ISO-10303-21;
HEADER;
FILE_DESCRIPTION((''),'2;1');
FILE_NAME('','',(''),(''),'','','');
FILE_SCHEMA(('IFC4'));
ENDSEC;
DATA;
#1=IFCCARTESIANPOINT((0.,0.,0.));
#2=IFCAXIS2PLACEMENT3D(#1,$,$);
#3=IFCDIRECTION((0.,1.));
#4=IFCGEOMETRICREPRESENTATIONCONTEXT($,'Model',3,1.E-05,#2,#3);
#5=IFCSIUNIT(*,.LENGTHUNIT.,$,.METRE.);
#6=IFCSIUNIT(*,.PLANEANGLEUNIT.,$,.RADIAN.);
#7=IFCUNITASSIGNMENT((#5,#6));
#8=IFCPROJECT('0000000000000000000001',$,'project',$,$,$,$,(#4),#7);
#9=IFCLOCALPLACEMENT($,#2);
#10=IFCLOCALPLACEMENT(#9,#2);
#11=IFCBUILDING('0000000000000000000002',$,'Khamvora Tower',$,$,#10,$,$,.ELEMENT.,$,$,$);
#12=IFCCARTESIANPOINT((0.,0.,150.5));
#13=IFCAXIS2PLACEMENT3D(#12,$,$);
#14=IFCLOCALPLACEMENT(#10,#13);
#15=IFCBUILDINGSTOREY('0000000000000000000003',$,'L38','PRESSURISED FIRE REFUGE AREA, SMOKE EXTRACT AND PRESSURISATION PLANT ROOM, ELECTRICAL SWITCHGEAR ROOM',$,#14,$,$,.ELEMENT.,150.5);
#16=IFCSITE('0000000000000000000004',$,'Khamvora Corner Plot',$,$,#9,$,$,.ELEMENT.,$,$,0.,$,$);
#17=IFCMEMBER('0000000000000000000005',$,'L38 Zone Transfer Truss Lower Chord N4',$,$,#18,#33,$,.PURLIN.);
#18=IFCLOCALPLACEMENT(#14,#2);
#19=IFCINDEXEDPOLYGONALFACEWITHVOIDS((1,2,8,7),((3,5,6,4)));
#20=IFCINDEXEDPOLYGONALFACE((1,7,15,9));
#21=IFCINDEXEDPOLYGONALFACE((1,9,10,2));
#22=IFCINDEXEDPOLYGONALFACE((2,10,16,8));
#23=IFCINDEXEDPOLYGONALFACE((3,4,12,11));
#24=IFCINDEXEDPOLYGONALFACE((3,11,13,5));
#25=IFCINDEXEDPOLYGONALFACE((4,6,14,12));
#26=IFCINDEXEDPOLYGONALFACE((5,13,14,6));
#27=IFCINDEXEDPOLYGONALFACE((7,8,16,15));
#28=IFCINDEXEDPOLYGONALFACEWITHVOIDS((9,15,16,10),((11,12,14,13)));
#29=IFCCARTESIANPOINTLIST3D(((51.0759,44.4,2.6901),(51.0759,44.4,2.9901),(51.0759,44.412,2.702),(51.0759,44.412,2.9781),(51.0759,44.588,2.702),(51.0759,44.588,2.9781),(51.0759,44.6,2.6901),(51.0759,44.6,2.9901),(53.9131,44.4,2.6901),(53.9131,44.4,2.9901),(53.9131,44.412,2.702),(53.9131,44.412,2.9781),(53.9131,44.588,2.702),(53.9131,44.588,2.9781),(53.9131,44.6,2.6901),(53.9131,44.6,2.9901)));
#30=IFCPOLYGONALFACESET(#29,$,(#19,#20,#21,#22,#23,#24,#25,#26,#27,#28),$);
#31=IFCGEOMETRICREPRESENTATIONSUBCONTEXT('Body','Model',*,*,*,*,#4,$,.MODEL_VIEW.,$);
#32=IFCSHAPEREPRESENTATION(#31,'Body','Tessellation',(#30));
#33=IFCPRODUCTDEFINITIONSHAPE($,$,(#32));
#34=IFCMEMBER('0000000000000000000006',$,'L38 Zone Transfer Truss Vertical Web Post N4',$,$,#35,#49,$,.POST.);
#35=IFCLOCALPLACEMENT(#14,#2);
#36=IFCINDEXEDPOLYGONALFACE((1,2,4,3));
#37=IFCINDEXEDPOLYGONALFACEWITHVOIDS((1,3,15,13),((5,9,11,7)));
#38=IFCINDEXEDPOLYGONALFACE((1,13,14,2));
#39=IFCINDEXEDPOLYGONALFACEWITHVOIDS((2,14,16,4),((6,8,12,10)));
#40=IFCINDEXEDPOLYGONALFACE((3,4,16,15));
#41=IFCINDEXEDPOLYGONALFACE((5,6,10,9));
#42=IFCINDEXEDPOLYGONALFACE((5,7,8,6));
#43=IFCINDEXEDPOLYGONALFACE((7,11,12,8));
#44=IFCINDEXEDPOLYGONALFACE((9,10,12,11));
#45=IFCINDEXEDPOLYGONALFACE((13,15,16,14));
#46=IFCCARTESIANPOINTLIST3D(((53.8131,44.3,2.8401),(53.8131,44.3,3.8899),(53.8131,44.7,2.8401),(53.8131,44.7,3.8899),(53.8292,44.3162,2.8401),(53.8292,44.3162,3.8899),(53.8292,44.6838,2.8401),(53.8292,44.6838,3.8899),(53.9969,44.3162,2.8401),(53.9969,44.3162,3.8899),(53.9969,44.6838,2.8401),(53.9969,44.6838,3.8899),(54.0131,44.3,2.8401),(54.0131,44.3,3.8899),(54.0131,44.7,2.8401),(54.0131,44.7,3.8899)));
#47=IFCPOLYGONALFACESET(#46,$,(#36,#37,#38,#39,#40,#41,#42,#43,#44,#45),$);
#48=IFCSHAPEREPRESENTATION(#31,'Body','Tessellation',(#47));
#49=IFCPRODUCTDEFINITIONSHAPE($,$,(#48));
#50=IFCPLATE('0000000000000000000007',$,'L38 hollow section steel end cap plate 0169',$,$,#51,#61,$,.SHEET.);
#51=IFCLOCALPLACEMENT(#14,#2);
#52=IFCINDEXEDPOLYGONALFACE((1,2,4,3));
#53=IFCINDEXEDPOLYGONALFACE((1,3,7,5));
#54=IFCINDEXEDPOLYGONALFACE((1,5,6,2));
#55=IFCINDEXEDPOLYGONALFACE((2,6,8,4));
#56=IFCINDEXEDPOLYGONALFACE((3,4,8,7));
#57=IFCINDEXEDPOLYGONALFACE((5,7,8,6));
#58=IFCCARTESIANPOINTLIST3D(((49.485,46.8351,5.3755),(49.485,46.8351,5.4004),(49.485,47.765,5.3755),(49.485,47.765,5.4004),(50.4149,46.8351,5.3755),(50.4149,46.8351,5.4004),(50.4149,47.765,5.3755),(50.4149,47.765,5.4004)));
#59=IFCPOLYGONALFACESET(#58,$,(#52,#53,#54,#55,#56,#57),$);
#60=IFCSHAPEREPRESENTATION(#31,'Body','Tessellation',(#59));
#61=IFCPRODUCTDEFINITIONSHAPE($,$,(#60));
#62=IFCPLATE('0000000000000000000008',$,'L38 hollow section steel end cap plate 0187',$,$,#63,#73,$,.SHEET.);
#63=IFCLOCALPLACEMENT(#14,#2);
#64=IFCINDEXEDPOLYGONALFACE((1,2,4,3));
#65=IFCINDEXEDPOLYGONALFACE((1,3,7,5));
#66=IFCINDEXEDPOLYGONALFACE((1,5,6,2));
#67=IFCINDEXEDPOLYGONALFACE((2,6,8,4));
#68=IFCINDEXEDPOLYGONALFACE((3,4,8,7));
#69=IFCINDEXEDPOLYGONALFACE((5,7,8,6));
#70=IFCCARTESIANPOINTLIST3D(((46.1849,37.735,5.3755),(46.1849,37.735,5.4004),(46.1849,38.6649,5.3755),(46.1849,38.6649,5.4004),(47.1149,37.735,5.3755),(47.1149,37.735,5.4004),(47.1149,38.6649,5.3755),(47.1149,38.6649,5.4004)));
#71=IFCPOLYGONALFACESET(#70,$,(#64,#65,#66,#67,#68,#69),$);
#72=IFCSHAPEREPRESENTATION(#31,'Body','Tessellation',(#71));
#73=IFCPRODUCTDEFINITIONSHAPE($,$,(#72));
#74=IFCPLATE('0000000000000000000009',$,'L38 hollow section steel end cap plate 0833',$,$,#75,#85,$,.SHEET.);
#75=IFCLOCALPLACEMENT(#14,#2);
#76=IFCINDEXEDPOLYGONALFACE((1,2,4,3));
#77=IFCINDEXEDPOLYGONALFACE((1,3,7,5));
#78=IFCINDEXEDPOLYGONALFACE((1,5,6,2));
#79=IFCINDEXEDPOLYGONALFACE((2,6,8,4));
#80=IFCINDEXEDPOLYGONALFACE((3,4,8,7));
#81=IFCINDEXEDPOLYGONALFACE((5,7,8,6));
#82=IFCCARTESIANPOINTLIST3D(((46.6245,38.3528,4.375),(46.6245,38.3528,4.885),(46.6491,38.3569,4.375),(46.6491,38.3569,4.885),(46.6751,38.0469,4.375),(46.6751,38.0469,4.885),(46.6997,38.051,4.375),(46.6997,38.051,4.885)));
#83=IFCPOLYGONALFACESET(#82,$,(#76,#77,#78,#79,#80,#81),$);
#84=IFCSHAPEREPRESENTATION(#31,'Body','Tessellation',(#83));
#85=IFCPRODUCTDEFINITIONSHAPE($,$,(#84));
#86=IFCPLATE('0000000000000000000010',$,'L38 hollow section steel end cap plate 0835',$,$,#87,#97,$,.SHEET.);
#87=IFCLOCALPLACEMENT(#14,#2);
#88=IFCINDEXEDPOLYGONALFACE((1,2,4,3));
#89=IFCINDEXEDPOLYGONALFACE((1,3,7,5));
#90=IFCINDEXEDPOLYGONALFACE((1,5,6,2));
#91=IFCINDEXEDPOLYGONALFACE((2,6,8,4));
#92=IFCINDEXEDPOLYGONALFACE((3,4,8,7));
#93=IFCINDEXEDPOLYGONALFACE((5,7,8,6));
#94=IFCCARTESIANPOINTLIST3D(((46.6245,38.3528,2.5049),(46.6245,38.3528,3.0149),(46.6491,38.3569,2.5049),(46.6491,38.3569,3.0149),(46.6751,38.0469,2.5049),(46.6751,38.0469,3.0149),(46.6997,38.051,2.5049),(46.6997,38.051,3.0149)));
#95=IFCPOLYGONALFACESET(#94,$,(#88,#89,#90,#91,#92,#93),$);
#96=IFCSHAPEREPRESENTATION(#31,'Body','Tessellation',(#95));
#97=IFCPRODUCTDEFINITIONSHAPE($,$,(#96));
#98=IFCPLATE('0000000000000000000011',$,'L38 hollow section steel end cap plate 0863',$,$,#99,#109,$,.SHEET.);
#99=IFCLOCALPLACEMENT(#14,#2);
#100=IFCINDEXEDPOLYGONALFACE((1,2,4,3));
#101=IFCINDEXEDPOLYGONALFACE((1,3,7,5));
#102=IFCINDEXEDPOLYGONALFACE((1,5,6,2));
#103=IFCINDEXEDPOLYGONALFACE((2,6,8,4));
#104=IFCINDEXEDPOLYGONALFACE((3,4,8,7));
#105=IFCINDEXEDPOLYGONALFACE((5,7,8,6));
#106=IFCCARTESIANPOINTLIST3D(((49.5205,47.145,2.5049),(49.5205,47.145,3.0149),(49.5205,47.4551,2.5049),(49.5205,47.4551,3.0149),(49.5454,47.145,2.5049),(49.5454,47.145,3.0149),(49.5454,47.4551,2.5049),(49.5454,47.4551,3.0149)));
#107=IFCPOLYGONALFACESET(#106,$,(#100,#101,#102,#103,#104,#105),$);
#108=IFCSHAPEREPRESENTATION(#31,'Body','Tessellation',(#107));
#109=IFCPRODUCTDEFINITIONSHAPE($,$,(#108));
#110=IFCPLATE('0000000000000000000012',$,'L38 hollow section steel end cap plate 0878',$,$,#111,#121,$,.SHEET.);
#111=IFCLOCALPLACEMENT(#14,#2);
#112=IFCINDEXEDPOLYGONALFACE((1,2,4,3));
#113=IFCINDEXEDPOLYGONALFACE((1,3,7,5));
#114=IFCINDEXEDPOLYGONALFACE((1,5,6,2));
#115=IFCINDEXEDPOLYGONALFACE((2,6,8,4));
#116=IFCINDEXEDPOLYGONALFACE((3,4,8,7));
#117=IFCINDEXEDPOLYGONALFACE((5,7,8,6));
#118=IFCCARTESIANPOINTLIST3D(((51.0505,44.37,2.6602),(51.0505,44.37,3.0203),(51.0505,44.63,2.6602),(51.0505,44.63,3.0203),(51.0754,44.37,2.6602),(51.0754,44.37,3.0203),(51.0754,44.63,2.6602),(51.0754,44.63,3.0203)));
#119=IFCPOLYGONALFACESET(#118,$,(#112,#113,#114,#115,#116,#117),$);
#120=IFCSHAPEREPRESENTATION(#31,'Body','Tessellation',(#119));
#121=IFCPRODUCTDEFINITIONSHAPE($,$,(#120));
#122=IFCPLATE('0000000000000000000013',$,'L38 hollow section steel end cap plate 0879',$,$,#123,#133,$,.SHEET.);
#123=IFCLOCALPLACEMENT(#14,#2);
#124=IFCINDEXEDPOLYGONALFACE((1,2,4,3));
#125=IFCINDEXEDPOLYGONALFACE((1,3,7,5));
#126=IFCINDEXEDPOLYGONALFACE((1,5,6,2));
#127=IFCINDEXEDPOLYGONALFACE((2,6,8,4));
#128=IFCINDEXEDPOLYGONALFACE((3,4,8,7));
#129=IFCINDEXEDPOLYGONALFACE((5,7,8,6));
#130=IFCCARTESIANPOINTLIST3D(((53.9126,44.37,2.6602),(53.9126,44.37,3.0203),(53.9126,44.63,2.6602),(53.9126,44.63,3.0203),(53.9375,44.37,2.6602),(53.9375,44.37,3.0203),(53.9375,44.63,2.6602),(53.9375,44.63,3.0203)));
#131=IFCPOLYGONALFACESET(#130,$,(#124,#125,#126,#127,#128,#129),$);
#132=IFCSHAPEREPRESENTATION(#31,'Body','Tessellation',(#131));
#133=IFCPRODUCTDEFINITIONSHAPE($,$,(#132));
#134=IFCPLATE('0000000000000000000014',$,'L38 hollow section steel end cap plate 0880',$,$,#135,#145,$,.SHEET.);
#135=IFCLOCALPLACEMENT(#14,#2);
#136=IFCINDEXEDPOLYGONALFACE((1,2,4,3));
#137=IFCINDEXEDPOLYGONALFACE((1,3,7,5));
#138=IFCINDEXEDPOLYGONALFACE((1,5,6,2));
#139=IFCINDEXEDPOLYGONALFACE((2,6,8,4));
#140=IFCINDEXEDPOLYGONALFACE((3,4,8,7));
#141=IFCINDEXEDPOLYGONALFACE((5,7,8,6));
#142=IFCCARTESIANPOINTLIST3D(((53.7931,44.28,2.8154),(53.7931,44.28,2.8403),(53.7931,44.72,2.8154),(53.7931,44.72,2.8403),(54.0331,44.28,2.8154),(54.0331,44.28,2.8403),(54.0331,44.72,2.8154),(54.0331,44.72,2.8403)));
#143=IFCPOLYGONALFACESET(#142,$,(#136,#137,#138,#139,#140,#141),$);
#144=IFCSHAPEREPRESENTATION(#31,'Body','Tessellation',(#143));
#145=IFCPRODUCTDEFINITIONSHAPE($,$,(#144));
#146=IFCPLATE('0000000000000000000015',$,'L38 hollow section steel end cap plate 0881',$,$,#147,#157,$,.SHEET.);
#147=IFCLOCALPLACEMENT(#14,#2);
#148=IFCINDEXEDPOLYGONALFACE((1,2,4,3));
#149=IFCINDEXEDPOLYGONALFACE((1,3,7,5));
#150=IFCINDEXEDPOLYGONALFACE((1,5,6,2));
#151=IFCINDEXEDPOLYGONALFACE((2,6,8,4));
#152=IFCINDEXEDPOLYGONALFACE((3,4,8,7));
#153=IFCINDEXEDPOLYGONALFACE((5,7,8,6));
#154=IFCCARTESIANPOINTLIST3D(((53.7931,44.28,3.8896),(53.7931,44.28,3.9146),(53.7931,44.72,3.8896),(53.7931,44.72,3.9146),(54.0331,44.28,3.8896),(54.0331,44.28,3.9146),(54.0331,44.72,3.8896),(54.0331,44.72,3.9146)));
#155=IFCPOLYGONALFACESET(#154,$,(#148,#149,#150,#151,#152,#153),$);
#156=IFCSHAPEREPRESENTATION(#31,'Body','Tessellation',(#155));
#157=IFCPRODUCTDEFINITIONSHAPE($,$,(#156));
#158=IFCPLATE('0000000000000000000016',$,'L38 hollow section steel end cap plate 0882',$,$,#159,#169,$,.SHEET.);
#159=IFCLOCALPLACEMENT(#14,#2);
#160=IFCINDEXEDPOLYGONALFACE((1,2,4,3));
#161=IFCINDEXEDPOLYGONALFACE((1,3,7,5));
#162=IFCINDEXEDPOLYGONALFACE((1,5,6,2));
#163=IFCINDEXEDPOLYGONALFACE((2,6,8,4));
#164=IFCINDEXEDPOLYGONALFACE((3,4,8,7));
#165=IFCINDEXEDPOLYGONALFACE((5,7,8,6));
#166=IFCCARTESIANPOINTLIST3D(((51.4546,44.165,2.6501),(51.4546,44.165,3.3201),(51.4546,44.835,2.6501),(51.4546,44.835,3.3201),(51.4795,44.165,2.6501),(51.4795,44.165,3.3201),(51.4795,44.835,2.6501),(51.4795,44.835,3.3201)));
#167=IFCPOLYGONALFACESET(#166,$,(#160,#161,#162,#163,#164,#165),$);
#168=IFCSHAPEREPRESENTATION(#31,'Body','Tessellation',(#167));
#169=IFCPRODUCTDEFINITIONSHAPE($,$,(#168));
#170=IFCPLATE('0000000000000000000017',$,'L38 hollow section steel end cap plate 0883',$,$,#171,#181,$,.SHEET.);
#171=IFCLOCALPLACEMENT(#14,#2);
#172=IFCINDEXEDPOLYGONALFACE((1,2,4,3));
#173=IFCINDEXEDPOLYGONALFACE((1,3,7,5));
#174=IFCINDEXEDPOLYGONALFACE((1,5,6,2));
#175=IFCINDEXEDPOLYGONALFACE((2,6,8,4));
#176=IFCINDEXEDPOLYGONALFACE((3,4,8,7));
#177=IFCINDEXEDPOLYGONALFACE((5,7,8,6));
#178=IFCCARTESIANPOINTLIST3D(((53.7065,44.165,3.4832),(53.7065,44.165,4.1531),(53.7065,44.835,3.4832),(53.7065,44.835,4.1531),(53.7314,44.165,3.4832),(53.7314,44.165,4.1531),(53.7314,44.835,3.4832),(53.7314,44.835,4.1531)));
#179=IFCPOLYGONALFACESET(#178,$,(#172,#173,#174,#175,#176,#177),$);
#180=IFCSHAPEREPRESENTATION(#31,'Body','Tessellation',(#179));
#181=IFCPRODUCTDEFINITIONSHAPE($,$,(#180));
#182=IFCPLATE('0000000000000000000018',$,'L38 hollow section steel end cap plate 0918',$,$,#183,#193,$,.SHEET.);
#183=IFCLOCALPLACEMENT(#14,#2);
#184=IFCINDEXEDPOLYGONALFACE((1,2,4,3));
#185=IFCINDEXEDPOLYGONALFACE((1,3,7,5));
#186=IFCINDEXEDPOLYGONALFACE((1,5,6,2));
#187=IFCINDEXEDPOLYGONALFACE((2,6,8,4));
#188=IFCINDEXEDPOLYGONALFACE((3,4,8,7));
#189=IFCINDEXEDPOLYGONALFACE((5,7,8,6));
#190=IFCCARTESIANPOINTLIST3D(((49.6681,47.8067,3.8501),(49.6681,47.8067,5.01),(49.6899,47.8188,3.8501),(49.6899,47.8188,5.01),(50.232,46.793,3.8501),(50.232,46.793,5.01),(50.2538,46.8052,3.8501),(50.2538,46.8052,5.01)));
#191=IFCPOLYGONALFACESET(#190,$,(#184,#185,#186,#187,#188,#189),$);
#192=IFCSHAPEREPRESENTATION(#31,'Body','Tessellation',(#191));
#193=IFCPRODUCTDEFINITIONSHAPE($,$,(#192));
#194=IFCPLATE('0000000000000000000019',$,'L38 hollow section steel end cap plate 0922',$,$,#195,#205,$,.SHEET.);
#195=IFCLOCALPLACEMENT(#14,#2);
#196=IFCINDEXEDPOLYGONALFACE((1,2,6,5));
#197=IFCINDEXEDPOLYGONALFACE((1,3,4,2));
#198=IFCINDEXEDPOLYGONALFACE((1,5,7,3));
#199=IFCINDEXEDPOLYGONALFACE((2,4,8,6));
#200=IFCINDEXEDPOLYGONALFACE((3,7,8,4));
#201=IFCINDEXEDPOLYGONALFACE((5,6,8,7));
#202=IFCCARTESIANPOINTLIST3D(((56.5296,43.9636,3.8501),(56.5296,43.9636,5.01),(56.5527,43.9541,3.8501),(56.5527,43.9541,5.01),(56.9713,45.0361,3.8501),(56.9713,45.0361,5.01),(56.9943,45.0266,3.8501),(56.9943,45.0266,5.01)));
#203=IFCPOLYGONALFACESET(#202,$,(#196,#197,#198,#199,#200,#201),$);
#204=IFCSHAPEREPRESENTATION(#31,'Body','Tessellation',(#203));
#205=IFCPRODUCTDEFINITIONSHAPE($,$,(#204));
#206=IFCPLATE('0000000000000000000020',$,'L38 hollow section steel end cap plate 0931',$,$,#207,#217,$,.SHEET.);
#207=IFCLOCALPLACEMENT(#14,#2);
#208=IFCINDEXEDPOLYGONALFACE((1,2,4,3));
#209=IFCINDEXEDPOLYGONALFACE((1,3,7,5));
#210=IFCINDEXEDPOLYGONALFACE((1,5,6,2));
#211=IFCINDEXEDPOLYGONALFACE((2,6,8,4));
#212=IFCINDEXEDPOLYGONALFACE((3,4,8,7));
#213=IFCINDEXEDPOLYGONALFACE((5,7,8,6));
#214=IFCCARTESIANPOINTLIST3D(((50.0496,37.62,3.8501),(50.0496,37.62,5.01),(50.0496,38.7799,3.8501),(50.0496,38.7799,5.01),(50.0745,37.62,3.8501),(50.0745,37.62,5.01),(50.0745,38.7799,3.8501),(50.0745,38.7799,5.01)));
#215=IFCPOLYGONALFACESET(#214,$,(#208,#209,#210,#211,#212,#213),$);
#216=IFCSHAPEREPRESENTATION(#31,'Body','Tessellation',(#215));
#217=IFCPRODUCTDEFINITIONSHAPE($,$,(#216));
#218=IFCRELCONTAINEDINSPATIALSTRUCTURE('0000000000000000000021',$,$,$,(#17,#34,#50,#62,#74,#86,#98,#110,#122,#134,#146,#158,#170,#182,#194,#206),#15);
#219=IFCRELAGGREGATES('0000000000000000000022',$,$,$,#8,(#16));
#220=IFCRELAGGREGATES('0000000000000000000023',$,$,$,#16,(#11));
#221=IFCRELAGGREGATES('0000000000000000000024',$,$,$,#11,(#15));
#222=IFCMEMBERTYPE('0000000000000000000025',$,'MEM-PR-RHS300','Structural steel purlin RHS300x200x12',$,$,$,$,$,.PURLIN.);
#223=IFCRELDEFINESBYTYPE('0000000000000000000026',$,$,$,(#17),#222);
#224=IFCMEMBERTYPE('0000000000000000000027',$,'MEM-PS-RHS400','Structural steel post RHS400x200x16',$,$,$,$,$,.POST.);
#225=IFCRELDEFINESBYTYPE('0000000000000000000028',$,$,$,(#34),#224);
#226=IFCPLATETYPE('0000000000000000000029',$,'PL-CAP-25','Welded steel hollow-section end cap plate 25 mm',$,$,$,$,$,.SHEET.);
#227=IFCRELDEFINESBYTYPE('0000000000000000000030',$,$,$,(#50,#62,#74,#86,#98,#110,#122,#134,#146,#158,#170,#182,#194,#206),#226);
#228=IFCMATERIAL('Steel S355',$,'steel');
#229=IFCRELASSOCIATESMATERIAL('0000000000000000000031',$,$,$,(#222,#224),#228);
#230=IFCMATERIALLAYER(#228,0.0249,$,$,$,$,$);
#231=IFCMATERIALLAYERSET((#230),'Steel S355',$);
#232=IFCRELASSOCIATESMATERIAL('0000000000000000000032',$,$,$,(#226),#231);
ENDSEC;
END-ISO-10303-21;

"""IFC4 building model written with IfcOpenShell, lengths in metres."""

from ifc_helpers import new_model, si_unit, direction, frame, origin, origin_2d, place, context, subcontext, project, spatial, rectangle, hollow_rectangle, extrude, material, layer, layer_set, material_profile, profile_set, type_object, element, save


model = new_model("IFC4")

# Units and contexts
model_context = context("Model", 3, precision=1e-05, world=origin(), true_north=direction((0.0, 1.0)))
body_context = subcontext(model_context, "Body", "Model", "MODEL_VIEW")
ifc_project = project(units=[si_unit("LENGTHUNIT", "METRE"), si_unit("PLANEANGLEUNIT", "RADIAN")], contexts=[model_context])

# Site, building, storey
site_placement = place(None, origin())
site = spatial("IfcSite", under=ifc_project, at=site_placement, Name="Khamvora Corner Plot", CompositionType="ELEMENT", RefElevation=0.0)
building_placement = place(site_placement, origin())
building = spatial("IfcBuilding", under=site, at=building_placement, Name="Khamvora Tower", CompositionType="ELEMENT")
storey_placement = place(building_placement, frame((0.0, 0.0, 150.5)))
storey = spatial("IfcBuildingStorey", under=building, at=storey_placement, Name="L38", Description="PRESSURISED FIRE REFUGE AREA, SMOKE EXTRACT AND PRESSURISATION PLANT ROOM, ELECTRICAL SWITCHGEAR ROOM", CompositionType="ELEMENT", Elevation=150.5)

# Shared definitions
ifc_material_1 = material(Name="Steel S355", Category="steel")

# Members
ifc_material_profile_1 = material_profile(ifc_material_1, hollow_rectangle(XDim=0.2, YDim=0.3, WallThickness=0.012, at=origin_2d()), Name="RHS300x200x12")
ifc_profile_set_1 = profile_set([ifc_material_profile_1], Name="Steel S355")
member_type_1 = type_object("IfcMemberType", Name="MEM-PR-RHS300", Description="Structural steel purlin RHS300x200x12", PredefinedType="PURLIN", material=ifc_profile_set_1)
member_1_placement = place(storey_placement, frame((51.0759, 44.5, 2.8401), z_axis=(1.0, 0.0, 0.0), x_axis=(0.0, 1.0, 0.0)))
element("IfcMember", 1, at=member_1_placement, inside=storey, type_object=member_type_1, Name="L38 Zone Transfer Truss Lower Chord N4", PredefinedType="PURLIN", context=body_context, shape_type="SweptSolid", body=[
    extrude(hollow_rectangle(XDim=0.2, YDim=0.3, WallThickness=0.012, at=origin_2d()), origin(), (0.0, 0.0, 1.0), 2.8372),
])
ifc_material_profile_2 = material_profile(ifc_material_1, hollow_rectangle(XDim=0.2, YDim=0.3999, WallThickness=0.0161, at=origin_2d()), Name="RHS400x200x16")
ifc_profile_set_2 = profile_set([ifc_material_profile_2], Name="Steel S355")
member_type_2 = type_object("IfcMemberType", Name="MEM-PS-RHS400", Description="Structural steel post RHS400x200x16", PredefinedType="POST", material=ifc_profile_set_2)
member_2_placement = place(storey_placement, frame((53.9131, 44.5, 2.8401), z_axis=(0.0, 0.0, 1.0), x_axis=(1.0, 0.0, 0.0)))
element("IfcMember", 2, at=member_2_placement, inside=storey, type_object=member_type_2, Name="L38 Zone Transfer Truss Vertical Web Post N4", PredefinedType="POST", context=body_context, shape_type="SweptSolid", body=[
    extrude(hollow_rectangle(XDim=0.2, YDim=0.3999, WallThickness=0.0161, at=origin_2d()), origin(), (0.0, 0.0, 1.0), 1.0498),
])

# Plates
ifc_layer_1 = layer(ifc_material_1, 0.0249)
ifc_layer_set_1 = layer_set([ifc_layer_1], Name="Steel S355")
plate_type_1 = type_object("IfcPlateType", Name="PL-CAP-25", Description="Welded steel hollow-section end cap plate 25 mm", PredefinedType="SHEET", material=ifc_layer_set_1)
for number, where, z_axis, x_axis, name in (
    (3, (49.95, 47.3, 5.3755), (0.0, 0.0, 1.0), (1.0, 0.0, 0.0), "L38 hollow section steel end cap plate 0169"),
    (4, (46.6499, 38.2, 5.3755), (0.0, 0.0, 1.0), (1.0, 0.0, 0.0), "L38 hollow section steel end cap plate 0187"),
):
    element("IfcPlate", number, at=place(storey_placement, frame(where, z_axis=z_axis, x_axis=x_axis)), inside=storey, type_object=plate_type_1, Name=name, PredefinedType="SHEET", context=body_context, shape_type="SweptSolid", body=[
        extrude(rectangle(XDim=0.9299, YDim=0.9299, at=origin_2d()), origin(), (0.0, 0.0, 1.0), 0.0249),
    ])
for number, where, z_axis, x_axis, name in (
    (5, (46.6621, 38.2019, 4.375), (0.0, 0.0, 1.0), (0.986578, 0.163292, 0.0), "L38 hollow section steel end cap plate 0833"),
    (6, (46.6621, 38.2019, 2.5049), (0.0, 0.0, 1.0), (0.986578, 0.163292, 0.0), "L38 hollow section steel end cap plate 0835"),
    (7, (49.533, 47.3, 2.5049), (0.0, 0.0, 1.0), (1.0, 0.0, 0.0), "L38 hollow section steel end cap plate 0863"),
):
    element("IfcPlate", number, at=place(storey_placement, frame(where, z_axis=z_axis, x_axis=x_axis)), inside=storey, type_object=plate_type_1, Name=name, PredefinedType="SHEET", context=body_context, shape_type="SweptSolid", body=[
        extrude(rectangle(XDim=0.0249, YDim=0.3101, at=origin_2d()), origin(), (0.0, 0.0, 1.0), 0.51),
    ])
for number, where, z_axis, x_axis, name in (
    (8, (51.063, 44.5, 2.6602), (0.0, 0.0, 1.0), (1.0, 0.0, 0.0), "L38 hollow section steel end cap plate 0878"),
    (9, (53.925, 44.5, 2.6602), (0.0, 0.0, 1.0), (1.0, 0.0, 0.0), "L38 hollow section steel end cap plate 0879"),
):
    element("IfcPlate", number, at=place(storey_placement, frame(where, z_axis=z_axis, x_axis=x_axis)), inside=storey, type_object=plate_type_1, Name=name, PredefinedType="SHEET", context=body_context, shape_type="SweptSolid", body=[
        extrude(rectangle(XDim=0.0249, YDim=0.26, at=origin_2d()), origin(), (0.0, 0.0, 1.0), 0.3601),
    ])
for number, where, z_axis, x_axis, name in (
    (10, (53.9131, 44.5, 2.8154), (0.0, 0.0, 1.0), (1.0, 0.0, 0.0), "L38 hollow section steel end cap plate 0880"),
    (11, (53.9131, 44.5, 3.8896), (0.0, 0.0, 1.0), (1.0, 0.0, 0.0), "L38 hollow section steel end cap plate 0881"),
):
    element("IfcPlate", number, at=place(storey_placement, frame(where, z_axis=z_axis, x_axis=x_axis)), inside=storey, type_object=plate_type_1, Name=name, PredefinedType="SHEET", context=body_context, shape_type="SweptSolid", body=[
        extrude(rectangle(XDim=0.24, YDim=0.4399, at=origin_2d()), origin(), (0.0, 0.0, 1.0), 0.0249),
    ])
for number, where, z_axis, x_axis, name in (
    (12, (51.467, 44.5, 2.6501), (0.0, 0.0, 1.0), (1.0, 0.0, 0.0), "L38 hollow section steel end cap plate 0882"),
    (13, (53.719, 44.5, 3.4832), (0.0, 0.0, 1.0), (1.0, 0.0, 0.0), "L38 hollow section steel end cap plate 0883"),
):
    element("IfcPlate", number, at=place(storey_placement, frame(where, z_axis=z_axis, x_axis=x_axis)), inside=storey, type_object=plate_type_1, Name=name, PredefinedType="SHEET", context=body_context, shape_type="SweptSolid", body=[
        extrude(rectangle(XDim=0.0249, YDim=0.6699, at=origin_2d()), origin(), (0.0, 0.0, 1.0), 0.6699),
    ])
for number, where, z_axis, x_axis, name in (
    (14, (49.9609, 47.3059, 3.8501), (0.0, 0.0, 1.0), (-0.873874, -0.486152, 0.0), "L38 hollow section steel end cap plate 0918"),
    (15, (56.762, 44.4951, 3.8501), (0.0, 0.0, 1.0), (0.924679, -0.380748, 0.0), "L38 hollow section steel end cap plate 0922"),
    (16, (50.062, 38.2, 3.8501), (0.0, 0.0, 1.0), (1.0, 0.0, 0.0), "L38 hollow section steel end cap plate 0931"),
):
    element("IfcPlate", number, at=place(storey_placement, frame(where, z_axis=z_axis, x_axis=x_axis)), inside=storey, type_object=plate_type_1, Name=name, PredefinedType="SHEET", context=body_context, shape_type="SweptSolid", body=[
        extrude(rectangle(XDim=0.0249, YDim=1.1599, at=origin_2d()), origin(), (0.0, 0.0, 1.0), 1.1599),
    ])

save(model, "model.ifc")
